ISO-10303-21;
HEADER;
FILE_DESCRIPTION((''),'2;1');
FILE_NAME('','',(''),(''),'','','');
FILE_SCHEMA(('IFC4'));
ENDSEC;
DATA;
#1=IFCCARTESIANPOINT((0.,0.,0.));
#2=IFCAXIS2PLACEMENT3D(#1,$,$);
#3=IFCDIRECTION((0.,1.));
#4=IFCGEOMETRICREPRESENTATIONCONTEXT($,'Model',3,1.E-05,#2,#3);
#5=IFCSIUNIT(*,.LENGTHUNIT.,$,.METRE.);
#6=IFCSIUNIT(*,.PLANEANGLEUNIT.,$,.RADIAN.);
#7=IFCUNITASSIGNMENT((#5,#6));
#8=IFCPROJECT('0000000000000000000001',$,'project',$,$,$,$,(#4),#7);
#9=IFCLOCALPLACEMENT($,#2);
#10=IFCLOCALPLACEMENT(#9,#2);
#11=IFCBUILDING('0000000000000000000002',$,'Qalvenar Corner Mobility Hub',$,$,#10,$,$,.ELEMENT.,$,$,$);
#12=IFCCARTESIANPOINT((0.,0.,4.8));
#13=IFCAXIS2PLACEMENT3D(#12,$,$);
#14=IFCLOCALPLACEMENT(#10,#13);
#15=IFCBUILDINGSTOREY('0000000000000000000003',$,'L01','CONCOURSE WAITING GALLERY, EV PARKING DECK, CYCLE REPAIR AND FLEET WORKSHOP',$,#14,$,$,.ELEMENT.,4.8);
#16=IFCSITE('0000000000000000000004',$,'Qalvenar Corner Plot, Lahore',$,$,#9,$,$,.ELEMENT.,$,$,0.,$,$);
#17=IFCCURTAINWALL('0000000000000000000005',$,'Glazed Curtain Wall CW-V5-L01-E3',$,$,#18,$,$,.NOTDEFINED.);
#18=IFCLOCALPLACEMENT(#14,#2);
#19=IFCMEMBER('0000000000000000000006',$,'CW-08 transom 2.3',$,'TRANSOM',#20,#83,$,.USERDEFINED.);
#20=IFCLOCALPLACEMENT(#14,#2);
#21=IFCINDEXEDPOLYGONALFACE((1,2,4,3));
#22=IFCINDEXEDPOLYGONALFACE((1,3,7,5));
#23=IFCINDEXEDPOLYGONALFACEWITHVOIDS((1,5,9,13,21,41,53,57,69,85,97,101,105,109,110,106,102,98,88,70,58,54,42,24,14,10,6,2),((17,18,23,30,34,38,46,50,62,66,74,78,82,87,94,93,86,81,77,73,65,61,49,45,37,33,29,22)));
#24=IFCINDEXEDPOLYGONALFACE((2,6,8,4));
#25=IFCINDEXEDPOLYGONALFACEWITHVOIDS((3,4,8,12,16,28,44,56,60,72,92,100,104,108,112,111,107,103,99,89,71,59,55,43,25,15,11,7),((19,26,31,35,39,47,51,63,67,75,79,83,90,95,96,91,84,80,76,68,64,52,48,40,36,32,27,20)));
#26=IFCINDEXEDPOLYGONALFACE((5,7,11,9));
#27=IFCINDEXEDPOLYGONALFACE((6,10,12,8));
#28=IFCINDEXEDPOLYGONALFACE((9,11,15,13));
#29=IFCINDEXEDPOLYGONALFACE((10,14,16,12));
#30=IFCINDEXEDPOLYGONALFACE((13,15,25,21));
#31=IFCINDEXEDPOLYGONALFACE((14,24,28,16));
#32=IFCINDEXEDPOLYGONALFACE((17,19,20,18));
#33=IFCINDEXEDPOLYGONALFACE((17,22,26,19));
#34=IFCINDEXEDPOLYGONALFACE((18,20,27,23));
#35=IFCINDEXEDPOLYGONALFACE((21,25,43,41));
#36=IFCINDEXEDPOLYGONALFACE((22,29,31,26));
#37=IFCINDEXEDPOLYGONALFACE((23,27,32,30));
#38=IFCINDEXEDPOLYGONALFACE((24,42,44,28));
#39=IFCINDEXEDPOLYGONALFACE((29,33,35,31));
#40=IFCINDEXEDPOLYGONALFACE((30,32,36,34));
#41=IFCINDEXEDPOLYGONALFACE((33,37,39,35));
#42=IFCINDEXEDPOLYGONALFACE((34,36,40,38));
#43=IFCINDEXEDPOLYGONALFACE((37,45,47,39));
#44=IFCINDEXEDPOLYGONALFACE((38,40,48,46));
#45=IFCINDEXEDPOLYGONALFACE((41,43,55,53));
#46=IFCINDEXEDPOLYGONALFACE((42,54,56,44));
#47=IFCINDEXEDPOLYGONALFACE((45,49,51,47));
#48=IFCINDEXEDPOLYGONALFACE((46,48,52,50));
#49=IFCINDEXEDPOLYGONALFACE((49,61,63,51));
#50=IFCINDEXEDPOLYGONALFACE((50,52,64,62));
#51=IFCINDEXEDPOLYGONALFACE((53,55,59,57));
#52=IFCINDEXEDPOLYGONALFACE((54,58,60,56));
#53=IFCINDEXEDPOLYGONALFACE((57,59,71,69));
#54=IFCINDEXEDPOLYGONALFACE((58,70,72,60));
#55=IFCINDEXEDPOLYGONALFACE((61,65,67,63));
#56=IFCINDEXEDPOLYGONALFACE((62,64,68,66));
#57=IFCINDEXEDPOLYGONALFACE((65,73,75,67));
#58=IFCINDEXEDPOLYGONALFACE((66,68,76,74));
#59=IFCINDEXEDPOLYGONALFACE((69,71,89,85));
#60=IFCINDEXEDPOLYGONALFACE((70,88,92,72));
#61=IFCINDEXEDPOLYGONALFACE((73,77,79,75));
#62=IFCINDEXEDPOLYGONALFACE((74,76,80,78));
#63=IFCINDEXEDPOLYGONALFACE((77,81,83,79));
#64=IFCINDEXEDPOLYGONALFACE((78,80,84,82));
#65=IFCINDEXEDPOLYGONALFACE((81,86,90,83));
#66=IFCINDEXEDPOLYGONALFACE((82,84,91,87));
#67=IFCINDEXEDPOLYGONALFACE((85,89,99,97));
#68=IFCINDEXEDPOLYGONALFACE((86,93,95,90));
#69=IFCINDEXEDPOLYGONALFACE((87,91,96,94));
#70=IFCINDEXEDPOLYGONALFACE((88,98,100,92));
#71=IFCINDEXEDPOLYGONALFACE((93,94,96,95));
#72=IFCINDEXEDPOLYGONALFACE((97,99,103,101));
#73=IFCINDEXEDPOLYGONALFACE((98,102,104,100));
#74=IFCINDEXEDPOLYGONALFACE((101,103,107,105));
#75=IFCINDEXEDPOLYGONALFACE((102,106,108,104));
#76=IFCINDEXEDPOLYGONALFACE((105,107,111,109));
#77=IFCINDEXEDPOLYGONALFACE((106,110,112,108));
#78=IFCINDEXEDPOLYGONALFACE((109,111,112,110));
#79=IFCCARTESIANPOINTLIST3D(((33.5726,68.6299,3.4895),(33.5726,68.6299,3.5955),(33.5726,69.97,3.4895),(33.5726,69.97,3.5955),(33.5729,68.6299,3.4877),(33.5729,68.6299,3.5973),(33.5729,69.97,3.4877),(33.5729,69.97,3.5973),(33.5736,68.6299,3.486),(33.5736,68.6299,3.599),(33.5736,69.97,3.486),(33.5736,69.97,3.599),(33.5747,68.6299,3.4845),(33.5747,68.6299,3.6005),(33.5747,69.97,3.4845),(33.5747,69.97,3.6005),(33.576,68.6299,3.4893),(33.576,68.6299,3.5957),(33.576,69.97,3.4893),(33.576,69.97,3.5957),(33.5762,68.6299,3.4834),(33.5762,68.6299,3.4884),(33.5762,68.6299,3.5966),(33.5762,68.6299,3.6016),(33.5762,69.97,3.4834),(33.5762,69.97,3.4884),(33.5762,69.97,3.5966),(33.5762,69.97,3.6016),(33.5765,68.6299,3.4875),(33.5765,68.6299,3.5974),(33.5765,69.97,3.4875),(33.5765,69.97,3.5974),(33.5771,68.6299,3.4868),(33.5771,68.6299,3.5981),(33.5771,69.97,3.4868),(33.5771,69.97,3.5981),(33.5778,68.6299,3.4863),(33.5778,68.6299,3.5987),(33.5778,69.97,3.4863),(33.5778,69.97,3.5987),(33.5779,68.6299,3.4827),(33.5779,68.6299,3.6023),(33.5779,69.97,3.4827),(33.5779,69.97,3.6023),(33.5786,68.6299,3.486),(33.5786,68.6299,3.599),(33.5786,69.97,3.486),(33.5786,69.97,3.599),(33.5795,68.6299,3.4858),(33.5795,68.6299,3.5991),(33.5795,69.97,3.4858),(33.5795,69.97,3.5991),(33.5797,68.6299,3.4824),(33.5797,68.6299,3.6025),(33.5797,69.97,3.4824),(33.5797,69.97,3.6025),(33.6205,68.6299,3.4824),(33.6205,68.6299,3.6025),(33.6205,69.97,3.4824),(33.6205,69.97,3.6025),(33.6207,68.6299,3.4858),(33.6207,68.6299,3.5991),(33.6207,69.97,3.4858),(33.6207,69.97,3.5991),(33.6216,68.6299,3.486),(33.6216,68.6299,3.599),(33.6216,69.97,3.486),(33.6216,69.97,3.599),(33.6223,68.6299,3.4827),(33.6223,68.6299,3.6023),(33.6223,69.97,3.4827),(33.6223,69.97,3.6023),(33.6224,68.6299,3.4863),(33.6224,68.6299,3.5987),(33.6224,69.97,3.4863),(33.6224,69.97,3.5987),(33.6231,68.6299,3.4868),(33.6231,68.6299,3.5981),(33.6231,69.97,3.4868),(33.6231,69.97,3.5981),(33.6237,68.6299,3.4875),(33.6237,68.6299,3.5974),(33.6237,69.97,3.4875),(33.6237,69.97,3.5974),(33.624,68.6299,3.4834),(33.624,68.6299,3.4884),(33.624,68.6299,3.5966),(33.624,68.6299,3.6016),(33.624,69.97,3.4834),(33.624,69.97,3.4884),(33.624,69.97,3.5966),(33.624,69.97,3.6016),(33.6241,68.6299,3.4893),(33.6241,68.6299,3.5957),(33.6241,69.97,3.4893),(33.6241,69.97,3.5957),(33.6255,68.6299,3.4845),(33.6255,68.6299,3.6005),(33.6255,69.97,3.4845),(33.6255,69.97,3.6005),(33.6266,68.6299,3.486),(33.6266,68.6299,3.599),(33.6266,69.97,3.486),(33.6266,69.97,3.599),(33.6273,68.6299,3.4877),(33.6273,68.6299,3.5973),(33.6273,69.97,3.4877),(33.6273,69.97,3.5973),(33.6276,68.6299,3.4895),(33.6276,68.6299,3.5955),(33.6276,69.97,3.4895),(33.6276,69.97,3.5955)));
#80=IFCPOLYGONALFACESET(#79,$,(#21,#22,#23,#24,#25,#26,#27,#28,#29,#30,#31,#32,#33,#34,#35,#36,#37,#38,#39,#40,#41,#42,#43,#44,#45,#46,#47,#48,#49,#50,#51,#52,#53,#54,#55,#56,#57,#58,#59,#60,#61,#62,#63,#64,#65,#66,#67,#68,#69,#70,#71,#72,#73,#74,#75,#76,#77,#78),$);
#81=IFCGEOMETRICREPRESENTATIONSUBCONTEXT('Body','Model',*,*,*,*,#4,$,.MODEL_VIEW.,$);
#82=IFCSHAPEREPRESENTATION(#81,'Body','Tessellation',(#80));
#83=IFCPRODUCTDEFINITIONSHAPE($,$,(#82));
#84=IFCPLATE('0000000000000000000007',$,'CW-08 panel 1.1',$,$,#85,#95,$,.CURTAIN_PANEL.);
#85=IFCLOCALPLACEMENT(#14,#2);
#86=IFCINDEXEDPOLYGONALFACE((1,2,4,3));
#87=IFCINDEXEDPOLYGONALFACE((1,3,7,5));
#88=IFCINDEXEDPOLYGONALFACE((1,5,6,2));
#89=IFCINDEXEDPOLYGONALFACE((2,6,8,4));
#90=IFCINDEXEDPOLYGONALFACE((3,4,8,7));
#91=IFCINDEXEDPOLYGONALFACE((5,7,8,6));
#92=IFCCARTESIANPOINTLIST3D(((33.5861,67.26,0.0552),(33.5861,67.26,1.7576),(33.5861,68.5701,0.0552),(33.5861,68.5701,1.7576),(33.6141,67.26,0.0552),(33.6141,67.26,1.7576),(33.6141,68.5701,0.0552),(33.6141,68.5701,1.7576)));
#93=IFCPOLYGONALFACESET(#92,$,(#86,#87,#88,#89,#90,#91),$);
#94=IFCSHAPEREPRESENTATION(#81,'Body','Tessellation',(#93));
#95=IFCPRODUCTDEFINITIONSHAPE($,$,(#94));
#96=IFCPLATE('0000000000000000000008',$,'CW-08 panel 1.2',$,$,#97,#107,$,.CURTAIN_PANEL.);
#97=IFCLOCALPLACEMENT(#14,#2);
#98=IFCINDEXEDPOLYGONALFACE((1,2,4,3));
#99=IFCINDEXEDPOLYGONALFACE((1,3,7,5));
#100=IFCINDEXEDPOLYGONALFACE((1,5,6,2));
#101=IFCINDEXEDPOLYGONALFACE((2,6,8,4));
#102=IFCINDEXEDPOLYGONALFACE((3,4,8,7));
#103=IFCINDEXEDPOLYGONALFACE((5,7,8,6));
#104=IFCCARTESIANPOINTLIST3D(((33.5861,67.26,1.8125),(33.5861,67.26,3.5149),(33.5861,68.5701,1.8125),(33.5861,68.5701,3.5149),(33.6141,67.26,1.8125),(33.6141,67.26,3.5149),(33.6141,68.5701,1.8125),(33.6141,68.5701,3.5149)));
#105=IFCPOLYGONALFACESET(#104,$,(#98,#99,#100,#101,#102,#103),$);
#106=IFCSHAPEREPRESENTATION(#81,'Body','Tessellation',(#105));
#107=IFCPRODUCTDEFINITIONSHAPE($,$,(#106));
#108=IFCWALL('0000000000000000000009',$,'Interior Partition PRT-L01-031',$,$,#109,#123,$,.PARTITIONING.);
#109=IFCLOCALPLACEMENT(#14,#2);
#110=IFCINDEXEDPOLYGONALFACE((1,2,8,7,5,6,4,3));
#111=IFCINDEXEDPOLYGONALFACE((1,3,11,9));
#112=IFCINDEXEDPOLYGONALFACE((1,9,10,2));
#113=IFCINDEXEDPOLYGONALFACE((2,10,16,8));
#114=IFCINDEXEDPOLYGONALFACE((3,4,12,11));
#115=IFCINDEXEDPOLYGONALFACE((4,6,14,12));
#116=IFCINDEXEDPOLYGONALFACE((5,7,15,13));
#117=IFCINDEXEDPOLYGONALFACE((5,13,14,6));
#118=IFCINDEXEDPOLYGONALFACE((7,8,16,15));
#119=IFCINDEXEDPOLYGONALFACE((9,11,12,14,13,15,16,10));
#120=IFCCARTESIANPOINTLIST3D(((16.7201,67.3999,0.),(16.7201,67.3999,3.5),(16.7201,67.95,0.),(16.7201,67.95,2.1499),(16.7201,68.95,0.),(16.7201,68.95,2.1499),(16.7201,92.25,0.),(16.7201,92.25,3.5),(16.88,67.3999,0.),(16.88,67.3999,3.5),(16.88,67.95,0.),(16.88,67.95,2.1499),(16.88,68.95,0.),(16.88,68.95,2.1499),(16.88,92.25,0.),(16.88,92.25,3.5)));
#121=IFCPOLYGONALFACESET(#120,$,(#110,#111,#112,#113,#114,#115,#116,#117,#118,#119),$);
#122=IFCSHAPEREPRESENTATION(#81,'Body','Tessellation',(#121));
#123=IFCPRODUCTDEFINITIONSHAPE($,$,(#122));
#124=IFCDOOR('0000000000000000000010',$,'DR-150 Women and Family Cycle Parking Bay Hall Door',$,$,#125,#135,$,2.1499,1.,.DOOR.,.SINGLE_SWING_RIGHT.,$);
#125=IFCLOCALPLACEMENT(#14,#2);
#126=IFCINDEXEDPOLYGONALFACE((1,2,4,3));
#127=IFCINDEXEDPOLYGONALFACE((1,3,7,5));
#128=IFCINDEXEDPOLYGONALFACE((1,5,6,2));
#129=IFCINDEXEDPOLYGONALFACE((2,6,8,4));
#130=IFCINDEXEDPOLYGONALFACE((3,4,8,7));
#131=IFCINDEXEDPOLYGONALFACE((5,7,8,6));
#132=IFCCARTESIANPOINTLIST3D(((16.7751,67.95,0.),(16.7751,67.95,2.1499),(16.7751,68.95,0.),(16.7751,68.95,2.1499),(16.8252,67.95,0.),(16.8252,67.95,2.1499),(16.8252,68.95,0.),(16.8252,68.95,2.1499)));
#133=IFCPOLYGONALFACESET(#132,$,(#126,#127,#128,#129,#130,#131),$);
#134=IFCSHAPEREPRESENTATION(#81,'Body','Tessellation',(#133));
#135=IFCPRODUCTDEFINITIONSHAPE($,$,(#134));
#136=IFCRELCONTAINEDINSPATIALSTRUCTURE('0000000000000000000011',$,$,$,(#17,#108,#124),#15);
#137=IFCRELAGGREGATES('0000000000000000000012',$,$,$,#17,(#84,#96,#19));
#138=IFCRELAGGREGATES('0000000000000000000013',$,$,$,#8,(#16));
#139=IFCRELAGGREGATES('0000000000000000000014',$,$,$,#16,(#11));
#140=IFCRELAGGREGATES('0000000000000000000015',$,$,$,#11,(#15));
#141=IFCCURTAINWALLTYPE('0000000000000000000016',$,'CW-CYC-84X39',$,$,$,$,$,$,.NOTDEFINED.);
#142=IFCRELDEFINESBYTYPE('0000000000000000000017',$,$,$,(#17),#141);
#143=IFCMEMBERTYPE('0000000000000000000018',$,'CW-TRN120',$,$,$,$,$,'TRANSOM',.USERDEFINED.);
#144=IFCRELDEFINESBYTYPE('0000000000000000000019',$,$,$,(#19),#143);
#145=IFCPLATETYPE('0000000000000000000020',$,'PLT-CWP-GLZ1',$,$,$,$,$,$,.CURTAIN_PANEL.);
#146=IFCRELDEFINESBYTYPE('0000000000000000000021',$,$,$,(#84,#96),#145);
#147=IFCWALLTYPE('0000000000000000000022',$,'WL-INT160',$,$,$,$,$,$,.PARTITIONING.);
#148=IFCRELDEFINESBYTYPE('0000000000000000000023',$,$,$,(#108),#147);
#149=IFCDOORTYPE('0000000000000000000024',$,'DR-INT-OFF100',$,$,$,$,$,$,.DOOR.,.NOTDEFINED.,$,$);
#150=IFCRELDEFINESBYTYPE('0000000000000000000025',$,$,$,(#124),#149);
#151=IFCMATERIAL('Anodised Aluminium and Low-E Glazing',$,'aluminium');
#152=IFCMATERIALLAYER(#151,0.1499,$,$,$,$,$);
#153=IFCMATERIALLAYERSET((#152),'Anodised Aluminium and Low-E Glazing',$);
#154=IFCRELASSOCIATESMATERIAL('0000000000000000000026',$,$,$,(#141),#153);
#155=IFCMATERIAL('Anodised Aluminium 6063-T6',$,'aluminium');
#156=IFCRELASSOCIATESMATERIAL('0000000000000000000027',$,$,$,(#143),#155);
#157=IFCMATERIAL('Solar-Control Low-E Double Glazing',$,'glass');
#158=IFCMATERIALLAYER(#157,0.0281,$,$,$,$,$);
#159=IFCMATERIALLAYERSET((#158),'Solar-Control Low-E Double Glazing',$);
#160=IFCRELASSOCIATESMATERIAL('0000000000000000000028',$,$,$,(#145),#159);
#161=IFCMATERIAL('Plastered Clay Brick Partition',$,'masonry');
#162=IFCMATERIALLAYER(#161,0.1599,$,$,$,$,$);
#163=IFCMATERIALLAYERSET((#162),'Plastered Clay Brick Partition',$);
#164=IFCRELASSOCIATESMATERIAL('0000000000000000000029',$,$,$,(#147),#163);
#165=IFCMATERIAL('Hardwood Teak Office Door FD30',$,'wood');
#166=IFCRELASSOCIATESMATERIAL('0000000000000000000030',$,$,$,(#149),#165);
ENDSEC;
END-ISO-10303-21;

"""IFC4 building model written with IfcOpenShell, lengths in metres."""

from ifc_helpers import new_model, si_unit, direction, frame, frame_2d, origin, origin_2d, place, context, subcontext, project, spatial, rectangle, hollow_rectangle, extrude, material, layer, layer_set, material_profile, profile_set, type_object, element, fill, aggregate, save


model = new_model("IFC4")

# Units and contexts
model_context = context("Model", 3, precision=1e-05, world=origin(), true_north=direction((0.0, 1.0)))
body_context = subcontext(model_context, "Body", "Model", "MODEL_VIEW")
ifc_project = project(units=[si_unit("LENGTHUNIT", "METRE"), si_unit("PLANEANGLEUNIT", "RADIAN")], contexts=[model_context])

# Site, building, storey
site_placement = place(None, origin())
site = spatial("IfcSite", under=ifc_project, at=site_placement, Name="Qalvenar Corner Plot, Lahore", CompositionType="ELEMENT", RefElevation=0.0)
building_placement = place(site_placement, origin())
building = spatial("IfcBuilding", under=site, at=building_placement, Name="Qalvenar Corner Mobility Hub", CompositionType="ELEMENT")
storey_placement = place(building_placement, frame((0.0, 0.0, 4.8)))
storey = spatial("IfcBuildingStorey", under=building, at=storey_placement, Name="L01", Description="CONCOURSE WAITING GALLERY, EV PARKING DECK, CYCLE REPAIR AND FLEET WORKSHOP", CompositionType="ELEMENT", Elevation=4.8)

# Curtain wall, member, plates
ifc_material_1 = material(Name="Anodised Aluminium and Low-E Glazing", Category="aluminium")
ifc_layer_1 = layer(ifc_material_1, 0.1499)
ifc_layer_set_1 = layer_set([ifc_layer_1], Name="Anodised Aluminium and Low-E Glazing")
curtain_wall_type = type_object("IfcCurtainWallType", Name="CW-CYC-84X39", PredefinedType="NOTDEFINED", material=ifc_layer_set_1)
curtain_wall_placement = place(storey_placement, origin())
curtain_wall = element("IfcCurtainWall", 1, at=curtain_wall_placement, inside=storey, type_object=curtain_wall_type, Name="Glazed Curtain Wall CW-V5-L01-E3", PredefinedType="NOTDEFINED")
ifc_material_2 = material(Name="Anodised Aluminium 6063-T6", Category="aluminium")
ifc_material_profile_1 = material_profile(ifc_material_2, hollow_rectangle(XDim=0.0549, YDim=0.1201, WallThickness=0.0034, InnerFilletRadius=0.0034, OuterFilletRadius=0.0071, at=origin_2d()), Name="RHS120x55x3.5")
ifc_profile_set_1 = profile_set([ifc_material_profile_1], Name="Anodised Aluminium 6063-T6")
member_type_1 = type_object("IfcMemberType", Name="CW-TRN120", ElementType="TRANSOM", PredefinedType="USERDEFINED", material=ifc_profile_set_1)
member_1_placement = place(storey_placement, frame((33.6001, 68.6299, 3.5425), z_axis=(0.0, 1.0, 0.0), x_axis=(-1.0, 0.0, 0.0)))
member_1 = element("IfcMember", 2, at=member_1_placement, type_object=member_type_1, Name="CW-08 transom 2.3", ObjectType="TRANSOM", PredefinedType="USERDEFINED", context=body_context, shape_type="SweptSolid", body=[
    extrude(hollow_rectangle(XDim=0.0549, YDim=0.1201, WallThickness=0.0034, InnerFilletRadius=0.0034, OuterFilletRadius=0.0071, at=origin_2d()), origin(), (0.0, 0.0, 1.0), 1.3401),
])
ifc_material_3 = material(Name="Solar-Control Low-E Double Glazing", Category="glass")
ifc_layer_2 = layer(ifc_material_3, 0.0281)
ifc_layer_set_2 = layer_set([ifc_layer_2], Name="Solar-Control Low-E Double Glazing")
plate_type = type_object("IfcPlateType", Name="PLT-CWP-GLZ1", PredefinedType="CURTAIN_PANEL", material=ifc_layer_set_2)
plate_1_placement = place(storey_placement, frame((33.6001, 67.915, 0.0552), z_axis=(0.0, 0.0, 1.0), x_axis=(0.0, 1.0, 0.0)))
plate_1 = element("IfcPlate", 3, at=plate_1_placement, type_object=plate_type, Name="CW-08 panel 1.1", PredefinedType="CURTAIN_PANEL", context=body_context, shape_type="SweptSolid", body=[
    extrude(rectangle(XDim=1.3101, YDim=0.0281, at=origin_2d()), origin(), (0.0, 0.0, 1.0), 1.7024),
])
plate_2_placement = place(storey_placement, frame((33.6001, 67.915, 1.8125), z_axis=(0.0, 0.0, 1.0), x_axis=(0.0, 1.0, 0.0)))
plate_2 = element("IfcPlate", 4, at=plate_2_placement, type_object=plate_type, Name="CW-08 panel 1.2", PredefinedType="CURTAIN_PANEL", context=body_context, shape_type="SweptSolid", body=[
    extrude(rectangle(XDim=1.3101, YDim=0.0281, at=origin_2d()), origin(), (0.0, 0.0, 1.0), 1.7024),
])
aggregate(curtain_wall, [plate_1, plate_2, member_1])

# Wall, opening, door
ifc_material_4 = material(Name="Plastered Clay Brick Partition", Category="masonry")
ifc_layer_3 = layer(ifc_material_4, 0.1599)
ifc_layer_set_3 = layer_set([ifc_layer_3], Name="Plastered Clay Brick Partition")
wall_type = type_object("IfcWallType", Name="WL-INT160", PredefinedType="PARTITIONING", material=ifc_layer_set_3)
wall_placement = place(storey_placement, frame((16.8, 67.3999, 0.0), z_axis=(0.0, 0.0, 1.0), x_axis=(0.0, 1.0, 0.0)))
wall = element("IfcWall", 5, at=wall_placement, inside=storey, type_object=wall_type, Name="Interior Partition PRT-L01-031", PredefinedType="PARTITIONING", context=body_context, shape_type="SweptSolid", body=[
    extrude(rectangle(XDim=24.8501, YDim=0.1599, at=frame_2d((12.425, 0.0))), origin(), (0.0, 0.0, 1.0), 3.5),
])
opening_placement = place(wall_placement, frame((0.55, 0.0, 0.0)))
opening = element("IfcOpeningElement", 6, at=opening_placement, cuts=wall, PredefinedType="OPENING", context=body_context, shape_type="SweptSolid", body=[
    extrude(rectangle(XDim=1.0, YDim=2.1499, at=frame_2d((0.5, 1.075))), frame((0.0, 0.0898, 0.0), z_axis=(0.0, -1.0, 0.0), x_axis=(1.0, 0.0, 0.0)), (0.0, 0.0, 1.0), 0.1799),
])
ifc_material_5 = material(Name="Hardwood Teak Office Door FD30", Category="wood")
door_type = type_object("IfcDoorType", Name="DR-INT-OFF100", OperationType="NOTDEFINED", PredefinedType="DOOR", material=ifc_material_5)
door_placement = place(opening_placement, origin())
door = element("IfcDoor", 7, at=door_placement, inside=storey, type_object=door_type, Name="DR-150 Women and Family Cycle Parking Bay Hall Door", OperationType="SINGLE_SWING_RIGHT", OverallHeight=2.1499, OverallWidth=1.0, PredefinedType="DOOR", context=body_context, shape_type="SweptSolid", body=[
    extrude(rectangle(XDim=1.0, YDim=2.1499, at=frame_2d((0.5, 1.075))), frame((0.0, 0.0249, 0.0), z_axis=(0.0, -1.0, 0.0), x_axis=(1.0, 0.0, 0.0)), (0.0, 0.0, 1.0), 0.05),
])
fill(opening, door)

save(model, "model.ifc")
